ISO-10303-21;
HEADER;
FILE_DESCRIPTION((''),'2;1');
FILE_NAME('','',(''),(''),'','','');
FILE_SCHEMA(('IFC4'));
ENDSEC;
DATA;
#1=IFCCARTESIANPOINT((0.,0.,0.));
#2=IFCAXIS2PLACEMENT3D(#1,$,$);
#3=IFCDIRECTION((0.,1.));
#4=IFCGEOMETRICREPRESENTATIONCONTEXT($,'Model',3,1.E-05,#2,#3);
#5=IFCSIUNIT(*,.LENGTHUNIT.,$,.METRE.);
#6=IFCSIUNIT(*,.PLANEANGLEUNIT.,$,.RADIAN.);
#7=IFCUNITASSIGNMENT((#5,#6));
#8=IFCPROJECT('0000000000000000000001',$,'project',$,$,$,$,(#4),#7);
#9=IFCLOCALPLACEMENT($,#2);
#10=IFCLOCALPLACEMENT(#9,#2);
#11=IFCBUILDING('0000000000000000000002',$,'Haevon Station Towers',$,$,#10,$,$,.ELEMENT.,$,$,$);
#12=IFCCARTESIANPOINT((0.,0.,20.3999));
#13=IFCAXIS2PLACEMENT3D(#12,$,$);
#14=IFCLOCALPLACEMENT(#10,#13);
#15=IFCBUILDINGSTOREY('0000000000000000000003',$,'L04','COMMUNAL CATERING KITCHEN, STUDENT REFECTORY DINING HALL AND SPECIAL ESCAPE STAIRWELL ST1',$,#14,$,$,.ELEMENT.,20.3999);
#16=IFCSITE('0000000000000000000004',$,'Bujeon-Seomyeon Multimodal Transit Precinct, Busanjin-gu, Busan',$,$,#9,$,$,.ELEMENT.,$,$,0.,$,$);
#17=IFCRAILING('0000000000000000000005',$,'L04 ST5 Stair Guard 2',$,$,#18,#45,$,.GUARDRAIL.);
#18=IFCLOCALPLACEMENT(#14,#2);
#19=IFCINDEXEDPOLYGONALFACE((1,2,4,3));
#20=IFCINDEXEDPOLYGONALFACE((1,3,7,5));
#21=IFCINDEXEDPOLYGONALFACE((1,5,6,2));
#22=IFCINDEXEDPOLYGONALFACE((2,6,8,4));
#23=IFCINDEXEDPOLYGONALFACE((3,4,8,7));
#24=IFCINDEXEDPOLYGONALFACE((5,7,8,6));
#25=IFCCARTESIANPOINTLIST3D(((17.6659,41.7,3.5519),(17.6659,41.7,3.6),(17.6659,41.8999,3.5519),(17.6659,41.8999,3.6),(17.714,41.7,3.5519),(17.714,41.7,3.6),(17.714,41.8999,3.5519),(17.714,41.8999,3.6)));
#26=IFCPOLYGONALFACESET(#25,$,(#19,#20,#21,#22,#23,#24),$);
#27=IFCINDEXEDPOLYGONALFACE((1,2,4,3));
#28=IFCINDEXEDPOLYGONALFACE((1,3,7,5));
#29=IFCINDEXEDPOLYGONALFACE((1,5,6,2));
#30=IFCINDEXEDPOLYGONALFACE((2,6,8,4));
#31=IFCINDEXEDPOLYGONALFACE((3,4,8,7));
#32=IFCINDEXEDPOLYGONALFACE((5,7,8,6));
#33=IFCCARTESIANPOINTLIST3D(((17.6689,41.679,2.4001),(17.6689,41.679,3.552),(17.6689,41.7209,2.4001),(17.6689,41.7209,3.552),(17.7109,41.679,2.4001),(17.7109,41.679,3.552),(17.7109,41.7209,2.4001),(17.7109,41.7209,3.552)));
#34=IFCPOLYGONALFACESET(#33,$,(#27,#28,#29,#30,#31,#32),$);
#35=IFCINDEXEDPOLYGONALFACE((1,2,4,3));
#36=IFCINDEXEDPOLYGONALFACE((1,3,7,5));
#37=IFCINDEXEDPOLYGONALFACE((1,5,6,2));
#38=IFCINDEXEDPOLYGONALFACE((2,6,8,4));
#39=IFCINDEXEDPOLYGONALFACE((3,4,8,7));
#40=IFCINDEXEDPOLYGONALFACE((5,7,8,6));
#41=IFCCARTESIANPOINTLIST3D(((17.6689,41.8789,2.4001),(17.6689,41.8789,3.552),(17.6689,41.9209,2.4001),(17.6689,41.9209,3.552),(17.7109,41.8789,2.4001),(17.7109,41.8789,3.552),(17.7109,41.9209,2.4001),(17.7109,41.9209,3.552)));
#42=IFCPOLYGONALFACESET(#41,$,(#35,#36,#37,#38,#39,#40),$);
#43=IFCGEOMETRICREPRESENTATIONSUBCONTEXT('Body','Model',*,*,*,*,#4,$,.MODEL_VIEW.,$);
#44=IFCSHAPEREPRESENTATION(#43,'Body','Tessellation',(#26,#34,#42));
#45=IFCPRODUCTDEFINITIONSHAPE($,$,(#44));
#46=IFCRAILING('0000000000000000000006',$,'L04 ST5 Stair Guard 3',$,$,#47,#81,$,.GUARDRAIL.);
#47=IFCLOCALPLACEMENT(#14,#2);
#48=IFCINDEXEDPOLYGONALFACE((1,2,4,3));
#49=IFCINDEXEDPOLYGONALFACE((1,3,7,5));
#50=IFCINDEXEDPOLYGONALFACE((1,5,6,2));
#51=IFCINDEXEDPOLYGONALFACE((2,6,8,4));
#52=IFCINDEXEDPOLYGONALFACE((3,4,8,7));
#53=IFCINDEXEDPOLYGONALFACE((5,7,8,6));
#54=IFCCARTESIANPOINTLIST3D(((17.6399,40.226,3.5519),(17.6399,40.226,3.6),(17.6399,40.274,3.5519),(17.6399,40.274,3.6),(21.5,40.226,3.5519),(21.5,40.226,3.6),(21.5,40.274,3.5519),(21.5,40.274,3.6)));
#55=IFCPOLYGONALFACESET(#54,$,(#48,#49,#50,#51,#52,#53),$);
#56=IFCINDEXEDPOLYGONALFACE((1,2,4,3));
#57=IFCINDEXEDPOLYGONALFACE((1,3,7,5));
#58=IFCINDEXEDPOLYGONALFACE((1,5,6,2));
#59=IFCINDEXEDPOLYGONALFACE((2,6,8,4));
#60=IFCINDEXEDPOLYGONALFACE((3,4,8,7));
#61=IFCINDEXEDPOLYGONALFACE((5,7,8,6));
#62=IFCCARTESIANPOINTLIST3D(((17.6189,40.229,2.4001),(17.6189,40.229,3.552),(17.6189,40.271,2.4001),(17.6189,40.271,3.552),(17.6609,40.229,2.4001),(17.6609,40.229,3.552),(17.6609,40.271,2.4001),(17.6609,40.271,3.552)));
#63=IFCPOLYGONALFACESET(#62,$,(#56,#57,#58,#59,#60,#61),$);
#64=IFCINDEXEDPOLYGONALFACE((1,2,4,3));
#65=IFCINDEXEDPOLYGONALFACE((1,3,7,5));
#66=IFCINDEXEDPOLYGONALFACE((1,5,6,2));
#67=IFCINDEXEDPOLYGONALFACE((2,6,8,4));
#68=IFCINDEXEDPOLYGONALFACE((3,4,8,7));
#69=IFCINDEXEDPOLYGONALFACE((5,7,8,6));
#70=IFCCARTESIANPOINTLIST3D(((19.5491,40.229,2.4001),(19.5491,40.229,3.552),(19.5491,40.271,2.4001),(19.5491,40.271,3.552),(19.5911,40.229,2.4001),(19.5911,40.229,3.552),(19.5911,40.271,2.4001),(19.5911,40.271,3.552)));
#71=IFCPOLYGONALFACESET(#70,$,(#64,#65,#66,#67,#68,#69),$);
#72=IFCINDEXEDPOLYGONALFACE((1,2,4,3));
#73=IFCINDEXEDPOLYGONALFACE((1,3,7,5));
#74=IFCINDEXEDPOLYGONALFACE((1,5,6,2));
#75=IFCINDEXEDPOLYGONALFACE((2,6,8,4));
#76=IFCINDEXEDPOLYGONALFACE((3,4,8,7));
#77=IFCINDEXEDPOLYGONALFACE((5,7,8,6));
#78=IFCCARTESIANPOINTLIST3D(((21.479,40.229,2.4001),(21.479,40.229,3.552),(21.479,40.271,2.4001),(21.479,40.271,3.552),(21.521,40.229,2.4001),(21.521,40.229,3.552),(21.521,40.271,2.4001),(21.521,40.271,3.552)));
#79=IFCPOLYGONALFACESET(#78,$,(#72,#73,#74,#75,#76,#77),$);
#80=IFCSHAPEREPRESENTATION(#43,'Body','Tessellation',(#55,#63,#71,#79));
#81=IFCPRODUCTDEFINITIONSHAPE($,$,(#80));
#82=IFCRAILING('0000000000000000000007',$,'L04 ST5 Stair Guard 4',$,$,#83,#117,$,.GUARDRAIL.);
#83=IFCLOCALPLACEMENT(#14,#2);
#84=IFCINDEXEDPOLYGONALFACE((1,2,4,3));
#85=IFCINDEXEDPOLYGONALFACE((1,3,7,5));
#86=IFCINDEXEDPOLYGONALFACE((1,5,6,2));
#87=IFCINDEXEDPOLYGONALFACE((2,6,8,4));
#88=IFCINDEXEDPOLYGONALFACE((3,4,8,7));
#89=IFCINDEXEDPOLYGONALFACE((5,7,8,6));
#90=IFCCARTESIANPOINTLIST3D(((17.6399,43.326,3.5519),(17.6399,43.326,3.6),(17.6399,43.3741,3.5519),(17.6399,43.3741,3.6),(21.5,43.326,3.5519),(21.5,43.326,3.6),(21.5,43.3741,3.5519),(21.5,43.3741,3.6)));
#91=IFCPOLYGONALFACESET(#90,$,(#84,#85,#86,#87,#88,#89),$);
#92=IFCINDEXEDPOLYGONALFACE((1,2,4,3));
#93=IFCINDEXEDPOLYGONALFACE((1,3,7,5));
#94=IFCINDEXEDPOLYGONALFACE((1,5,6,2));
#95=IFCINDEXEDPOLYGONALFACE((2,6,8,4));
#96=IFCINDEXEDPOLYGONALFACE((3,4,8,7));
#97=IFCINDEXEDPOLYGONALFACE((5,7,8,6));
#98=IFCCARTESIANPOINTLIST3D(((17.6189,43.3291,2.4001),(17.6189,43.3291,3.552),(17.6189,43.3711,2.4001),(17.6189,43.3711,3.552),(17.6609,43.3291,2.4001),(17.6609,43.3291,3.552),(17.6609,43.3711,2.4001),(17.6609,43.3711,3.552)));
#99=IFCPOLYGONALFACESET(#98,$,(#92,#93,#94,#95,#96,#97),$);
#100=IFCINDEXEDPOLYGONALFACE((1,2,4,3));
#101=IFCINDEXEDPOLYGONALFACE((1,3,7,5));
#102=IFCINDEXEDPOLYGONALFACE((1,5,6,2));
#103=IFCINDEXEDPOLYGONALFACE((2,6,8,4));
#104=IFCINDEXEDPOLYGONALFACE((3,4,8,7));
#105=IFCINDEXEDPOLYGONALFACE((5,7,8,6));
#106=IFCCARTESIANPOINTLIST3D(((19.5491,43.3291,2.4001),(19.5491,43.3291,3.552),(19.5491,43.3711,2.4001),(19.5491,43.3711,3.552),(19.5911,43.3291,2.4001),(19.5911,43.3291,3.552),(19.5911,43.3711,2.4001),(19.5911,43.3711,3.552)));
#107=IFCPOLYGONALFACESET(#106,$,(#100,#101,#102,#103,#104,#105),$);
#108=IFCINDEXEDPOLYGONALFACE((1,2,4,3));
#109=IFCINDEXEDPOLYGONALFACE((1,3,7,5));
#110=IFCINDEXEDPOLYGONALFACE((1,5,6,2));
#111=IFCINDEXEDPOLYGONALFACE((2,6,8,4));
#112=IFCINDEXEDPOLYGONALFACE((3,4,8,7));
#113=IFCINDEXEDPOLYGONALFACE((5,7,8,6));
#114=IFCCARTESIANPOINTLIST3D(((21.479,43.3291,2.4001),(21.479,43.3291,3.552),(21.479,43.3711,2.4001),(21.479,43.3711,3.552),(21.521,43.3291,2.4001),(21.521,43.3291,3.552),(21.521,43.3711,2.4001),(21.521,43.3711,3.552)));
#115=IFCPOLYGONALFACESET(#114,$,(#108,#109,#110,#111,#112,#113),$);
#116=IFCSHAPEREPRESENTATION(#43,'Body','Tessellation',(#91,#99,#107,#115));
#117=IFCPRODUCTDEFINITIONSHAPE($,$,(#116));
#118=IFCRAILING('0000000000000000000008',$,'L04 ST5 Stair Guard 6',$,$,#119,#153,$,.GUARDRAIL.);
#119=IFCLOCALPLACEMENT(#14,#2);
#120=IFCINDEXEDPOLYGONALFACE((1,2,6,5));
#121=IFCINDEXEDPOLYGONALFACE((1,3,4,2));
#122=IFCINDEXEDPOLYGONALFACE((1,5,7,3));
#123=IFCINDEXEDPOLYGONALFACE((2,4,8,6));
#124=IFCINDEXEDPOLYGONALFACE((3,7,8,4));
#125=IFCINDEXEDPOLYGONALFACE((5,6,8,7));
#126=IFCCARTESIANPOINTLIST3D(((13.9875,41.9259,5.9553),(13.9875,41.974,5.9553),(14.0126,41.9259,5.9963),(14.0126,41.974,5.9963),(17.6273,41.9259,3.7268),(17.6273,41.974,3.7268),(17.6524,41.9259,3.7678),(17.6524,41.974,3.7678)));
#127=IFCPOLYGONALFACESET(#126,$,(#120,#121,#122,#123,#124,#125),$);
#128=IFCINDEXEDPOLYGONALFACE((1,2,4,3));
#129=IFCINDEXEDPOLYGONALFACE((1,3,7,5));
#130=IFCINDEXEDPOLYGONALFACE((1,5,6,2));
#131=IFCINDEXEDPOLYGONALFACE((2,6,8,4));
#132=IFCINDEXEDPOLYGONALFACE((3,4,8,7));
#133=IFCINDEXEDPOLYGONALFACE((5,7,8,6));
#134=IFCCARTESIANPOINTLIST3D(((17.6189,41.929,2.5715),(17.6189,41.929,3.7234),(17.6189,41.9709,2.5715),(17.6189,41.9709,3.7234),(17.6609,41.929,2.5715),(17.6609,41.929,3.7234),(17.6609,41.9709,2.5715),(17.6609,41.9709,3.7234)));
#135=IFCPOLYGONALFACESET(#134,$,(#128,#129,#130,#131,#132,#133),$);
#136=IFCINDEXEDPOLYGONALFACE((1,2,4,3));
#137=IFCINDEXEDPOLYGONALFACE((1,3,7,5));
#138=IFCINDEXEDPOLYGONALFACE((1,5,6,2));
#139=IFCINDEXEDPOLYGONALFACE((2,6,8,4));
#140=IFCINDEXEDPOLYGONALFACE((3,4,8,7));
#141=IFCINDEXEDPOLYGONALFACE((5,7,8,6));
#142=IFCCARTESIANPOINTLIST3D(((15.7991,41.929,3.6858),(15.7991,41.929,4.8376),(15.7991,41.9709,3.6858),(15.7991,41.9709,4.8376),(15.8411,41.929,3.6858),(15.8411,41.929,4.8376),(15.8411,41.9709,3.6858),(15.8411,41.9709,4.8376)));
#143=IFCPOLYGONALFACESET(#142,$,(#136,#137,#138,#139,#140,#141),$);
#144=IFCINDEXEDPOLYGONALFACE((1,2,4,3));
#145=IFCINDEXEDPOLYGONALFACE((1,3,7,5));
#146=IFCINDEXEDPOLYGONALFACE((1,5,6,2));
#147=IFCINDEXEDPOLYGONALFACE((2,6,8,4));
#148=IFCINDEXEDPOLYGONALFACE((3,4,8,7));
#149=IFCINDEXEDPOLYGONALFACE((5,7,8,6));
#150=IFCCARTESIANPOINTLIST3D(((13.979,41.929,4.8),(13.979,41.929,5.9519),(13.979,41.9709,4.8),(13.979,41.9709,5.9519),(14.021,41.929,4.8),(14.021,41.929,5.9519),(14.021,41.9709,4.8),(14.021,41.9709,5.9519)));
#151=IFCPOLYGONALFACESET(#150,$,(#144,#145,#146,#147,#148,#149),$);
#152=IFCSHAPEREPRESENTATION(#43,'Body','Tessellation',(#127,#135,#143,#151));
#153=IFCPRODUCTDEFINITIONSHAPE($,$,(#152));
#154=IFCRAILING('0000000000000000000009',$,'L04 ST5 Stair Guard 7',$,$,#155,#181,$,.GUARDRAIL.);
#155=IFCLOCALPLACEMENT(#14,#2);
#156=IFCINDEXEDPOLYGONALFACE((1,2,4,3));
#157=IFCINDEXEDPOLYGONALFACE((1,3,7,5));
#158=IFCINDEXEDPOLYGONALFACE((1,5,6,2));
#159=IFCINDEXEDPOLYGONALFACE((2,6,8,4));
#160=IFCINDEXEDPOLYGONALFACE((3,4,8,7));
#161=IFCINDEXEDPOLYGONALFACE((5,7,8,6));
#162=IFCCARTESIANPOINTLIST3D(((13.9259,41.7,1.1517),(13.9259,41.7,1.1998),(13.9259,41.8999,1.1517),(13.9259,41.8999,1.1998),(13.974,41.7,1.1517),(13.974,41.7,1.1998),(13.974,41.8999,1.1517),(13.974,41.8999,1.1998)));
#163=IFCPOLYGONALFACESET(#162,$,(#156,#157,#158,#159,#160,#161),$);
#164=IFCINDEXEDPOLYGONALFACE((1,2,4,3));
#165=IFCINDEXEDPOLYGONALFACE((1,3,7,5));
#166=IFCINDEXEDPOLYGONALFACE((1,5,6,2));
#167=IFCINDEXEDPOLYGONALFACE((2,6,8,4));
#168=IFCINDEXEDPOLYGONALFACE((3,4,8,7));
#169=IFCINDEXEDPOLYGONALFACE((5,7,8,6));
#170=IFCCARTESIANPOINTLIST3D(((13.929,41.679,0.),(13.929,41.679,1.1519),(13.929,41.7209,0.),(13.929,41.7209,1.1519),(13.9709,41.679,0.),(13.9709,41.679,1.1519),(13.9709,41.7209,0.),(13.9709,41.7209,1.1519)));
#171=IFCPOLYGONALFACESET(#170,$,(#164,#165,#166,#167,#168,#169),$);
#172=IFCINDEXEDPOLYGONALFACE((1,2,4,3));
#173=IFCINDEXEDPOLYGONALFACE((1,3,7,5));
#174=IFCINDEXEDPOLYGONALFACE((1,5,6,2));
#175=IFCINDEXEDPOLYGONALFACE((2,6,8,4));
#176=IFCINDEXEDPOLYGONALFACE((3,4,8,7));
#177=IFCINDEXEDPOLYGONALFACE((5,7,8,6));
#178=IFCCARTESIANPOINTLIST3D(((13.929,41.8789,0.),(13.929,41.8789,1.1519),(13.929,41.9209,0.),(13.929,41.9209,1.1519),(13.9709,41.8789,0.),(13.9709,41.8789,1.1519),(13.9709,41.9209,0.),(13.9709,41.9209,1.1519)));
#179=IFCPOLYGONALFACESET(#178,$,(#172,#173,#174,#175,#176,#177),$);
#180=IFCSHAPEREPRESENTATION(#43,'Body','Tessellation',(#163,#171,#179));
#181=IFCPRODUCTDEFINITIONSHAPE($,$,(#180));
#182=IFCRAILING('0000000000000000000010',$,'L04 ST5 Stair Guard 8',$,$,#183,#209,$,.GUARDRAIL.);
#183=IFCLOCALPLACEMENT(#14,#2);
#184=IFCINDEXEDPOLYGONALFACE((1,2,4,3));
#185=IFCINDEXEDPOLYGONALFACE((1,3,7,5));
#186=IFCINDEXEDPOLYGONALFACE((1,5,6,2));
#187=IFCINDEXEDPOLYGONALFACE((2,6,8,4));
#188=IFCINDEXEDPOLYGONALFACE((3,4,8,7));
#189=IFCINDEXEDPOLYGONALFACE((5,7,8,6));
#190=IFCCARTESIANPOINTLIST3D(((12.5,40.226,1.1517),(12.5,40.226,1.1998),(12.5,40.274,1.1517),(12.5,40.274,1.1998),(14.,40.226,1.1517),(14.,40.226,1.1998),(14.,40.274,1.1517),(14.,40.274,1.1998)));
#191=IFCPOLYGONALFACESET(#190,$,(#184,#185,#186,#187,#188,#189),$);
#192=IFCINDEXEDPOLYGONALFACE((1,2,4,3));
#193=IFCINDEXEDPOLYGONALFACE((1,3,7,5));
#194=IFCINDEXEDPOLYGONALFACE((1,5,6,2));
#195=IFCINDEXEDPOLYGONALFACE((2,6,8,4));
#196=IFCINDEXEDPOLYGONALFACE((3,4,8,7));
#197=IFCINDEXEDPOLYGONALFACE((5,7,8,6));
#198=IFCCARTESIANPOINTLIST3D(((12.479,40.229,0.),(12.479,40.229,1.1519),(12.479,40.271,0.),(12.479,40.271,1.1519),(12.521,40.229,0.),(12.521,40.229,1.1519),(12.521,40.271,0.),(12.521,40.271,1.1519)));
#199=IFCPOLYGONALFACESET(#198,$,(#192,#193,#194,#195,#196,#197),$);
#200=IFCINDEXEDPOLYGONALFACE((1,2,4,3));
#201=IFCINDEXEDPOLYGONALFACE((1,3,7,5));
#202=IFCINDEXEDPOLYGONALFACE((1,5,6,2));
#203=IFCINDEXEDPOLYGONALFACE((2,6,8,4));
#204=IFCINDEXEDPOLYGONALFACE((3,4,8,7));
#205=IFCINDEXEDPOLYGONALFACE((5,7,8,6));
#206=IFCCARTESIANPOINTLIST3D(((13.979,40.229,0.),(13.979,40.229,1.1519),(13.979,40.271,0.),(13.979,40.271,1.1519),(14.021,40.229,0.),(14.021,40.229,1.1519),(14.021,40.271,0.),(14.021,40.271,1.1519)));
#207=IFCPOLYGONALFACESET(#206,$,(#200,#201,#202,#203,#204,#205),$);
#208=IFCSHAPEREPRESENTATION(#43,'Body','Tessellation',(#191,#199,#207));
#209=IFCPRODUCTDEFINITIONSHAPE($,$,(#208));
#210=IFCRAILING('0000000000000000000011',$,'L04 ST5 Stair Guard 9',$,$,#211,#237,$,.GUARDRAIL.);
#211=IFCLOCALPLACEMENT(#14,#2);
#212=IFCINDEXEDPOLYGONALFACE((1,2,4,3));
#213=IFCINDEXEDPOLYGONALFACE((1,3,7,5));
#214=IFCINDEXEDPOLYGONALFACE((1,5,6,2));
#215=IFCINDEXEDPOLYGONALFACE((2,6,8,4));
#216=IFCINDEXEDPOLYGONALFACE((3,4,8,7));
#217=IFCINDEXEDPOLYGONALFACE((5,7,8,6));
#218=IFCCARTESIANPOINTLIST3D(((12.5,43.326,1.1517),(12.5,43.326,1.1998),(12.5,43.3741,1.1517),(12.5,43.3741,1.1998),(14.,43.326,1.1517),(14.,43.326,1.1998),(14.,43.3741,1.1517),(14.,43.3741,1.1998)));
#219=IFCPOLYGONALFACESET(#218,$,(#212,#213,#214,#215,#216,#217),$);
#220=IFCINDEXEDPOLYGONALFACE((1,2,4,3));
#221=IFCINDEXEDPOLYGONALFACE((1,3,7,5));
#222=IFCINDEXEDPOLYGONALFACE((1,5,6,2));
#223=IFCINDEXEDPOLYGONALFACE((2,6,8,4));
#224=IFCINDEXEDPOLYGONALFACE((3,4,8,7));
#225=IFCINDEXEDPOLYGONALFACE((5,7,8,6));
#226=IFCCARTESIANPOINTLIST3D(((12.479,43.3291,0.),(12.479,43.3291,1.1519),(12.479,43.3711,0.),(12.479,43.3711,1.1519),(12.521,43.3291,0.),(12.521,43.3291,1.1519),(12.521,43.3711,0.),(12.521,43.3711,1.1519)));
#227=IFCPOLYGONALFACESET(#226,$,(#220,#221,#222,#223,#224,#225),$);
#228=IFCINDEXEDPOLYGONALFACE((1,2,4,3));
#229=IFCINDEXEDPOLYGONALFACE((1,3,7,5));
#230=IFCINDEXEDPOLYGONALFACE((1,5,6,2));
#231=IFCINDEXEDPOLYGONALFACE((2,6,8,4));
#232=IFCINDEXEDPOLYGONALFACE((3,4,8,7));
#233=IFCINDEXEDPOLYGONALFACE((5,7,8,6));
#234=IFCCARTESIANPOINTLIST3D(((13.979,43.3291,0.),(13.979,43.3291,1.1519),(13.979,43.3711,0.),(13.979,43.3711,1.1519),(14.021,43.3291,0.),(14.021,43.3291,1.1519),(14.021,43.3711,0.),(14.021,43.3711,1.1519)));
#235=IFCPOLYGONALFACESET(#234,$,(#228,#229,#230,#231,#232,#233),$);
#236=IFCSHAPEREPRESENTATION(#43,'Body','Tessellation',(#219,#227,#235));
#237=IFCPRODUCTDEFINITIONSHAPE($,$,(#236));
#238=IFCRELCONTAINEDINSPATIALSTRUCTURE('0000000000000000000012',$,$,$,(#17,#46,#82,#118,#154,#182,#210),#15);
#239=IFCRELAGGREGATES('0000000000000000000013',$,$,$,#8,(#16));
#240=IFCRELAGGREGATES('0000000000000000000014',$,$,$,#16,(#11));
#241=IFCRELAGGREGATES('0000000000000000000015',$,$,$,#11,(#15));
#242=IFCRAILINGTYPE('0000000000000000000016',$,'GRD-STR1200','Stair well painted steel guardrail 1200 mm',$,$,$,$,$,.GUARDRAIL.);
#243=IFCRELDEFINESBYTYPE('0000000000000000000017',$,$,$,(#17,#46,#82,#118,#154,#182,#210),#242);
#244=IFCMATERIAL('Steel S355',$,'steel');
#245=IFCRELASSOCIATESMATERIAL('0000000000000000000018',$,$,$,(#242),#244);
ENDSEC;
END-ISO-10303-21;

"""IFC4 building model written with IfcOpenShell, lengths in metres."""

from ifc_helpers import new_model, si_unit, direction, frame, origin, origin_2d, place, context, subcontext, project, spatial, rectangle, extrude, material, type_object, element, save


model = new_model("IFC4")

# Units and contexts
model_context = context("Model", 3, precision=1e-05, world=origin(), true_north=direction((0.0, 1.0)))
body_context = subcontext(model_context, "Body", "Model", "MODEL_VIEW")
ifc_project = project(units=[si_unit("LENGTHUNIT", "METRE"), si_unit("PLANEANGLEUNIT", "RADIAN")], contexts=[model_context])

# Site, building, storey
site_placement = place(None, origin())
site = spatial("IfcSite", under=ifc_project, at=site_placement, Name="Bujeon-Seomyeon Multimodal Transit Precinct, Busanjin-gu, Busan", CompositionType="ELEMENT", RefElevation=0.0)
building_placement = place(site_placement, origin())
building = spatial("IfcBuilding", under=site, at=building_placement, Name="Haevon Station Towers", CompositionType="ELEMENT")
storey_placement = place(building_placement, frame((0.0, 0.0, 20.3999)))
storey = spatial("IfcBuildingStorey", under=building, at=storey_placement, Name="L04", Description="COMMUNAL CATERING KITCHEN, STUDENT REFECTORY DINING HALL AND SPECIAL ESCAPE STAIRWELL ST1", CompositionType="ELEMENT", Elevation=20.3999)

# Shared definitions
ifc_material_1 = material(Name="Steel S355", Category="steel")

# Railings
railing_type_1 = type_object("IfcRailingType", Name="GRD-STR1200", Description="Stair well painted steel guardrail 1200 mm", PredefinedType="GUARDRAIL", material=ifc_material_1)
railing_1_placement = place(storey_placement, frame((17.6899, 41.7, 2.4001)))
element("IfcRailing", 1, at=railing_1_placement, inside=storey, type_object=railing_type_1, Name="L04 ST5 Stair Guard 2", PredefinedType="GUARDRAIL", context=body_context, shape_type="SweptSolid", body=[
    extrude(rectangle(XDim=0.0481, YDim=0.0481, at=origin_2d()), frame((0.0, 0.0, 1.1758), z_axis=(0.0, 1.0, 0.0), x_axis=(-1.0, 0.0, 0.0)), (0.0, 0.0, 1.0), 0.2),
    extrude(rectangle(XDim=0.042, YDim=0.042, at=origin_2d()), origin(), (0.0, 0.0, 1.0), 1.1519),
    extrude(rectangle(XDim=0.042, YDim=0.042, at=origin_2d()), frame((0.0, 0.2, 0.0)), (0.0, 0.0, 1.0), 1.1519),
])
for number, where, name in (
    (2, (17.6399, 40.25, 2.4001), "L04 ST5 Stair Guard 3"),
    (3, (17.6399, 43.3501, 2.4001), "L04 ST5 Stair Guard 4"),
):
    element("IfcRailing", number, at=place(storey_placement, frame(where)), inside=storey, type_object=railing_type_1, Name=name, PredefinedType="GUARDRAIL", context=body_context, shape_type="SweptSolid", body=[
        extrude(rectangle(XDim=0.0481, YDim=0.0481, at=origin_2d()), frame((0.0, 0.0, 1.1758), z_axis=(1.0, 0.0, 0.0), x_axis=(0.0, 1.0, 0.0)), (0.0, 0.0, 1.0), 3.8601),
        extrude(rectangle(XDim=0.042, YDim=0.042, at=origin_2d()), origin(), (0.0, 0.0, 1.0), 1.1519),
        extrude(rectangle(XDim=0.042, YDim=0.042, at=origin_2d()), frame((1.9302, 0.0, 0.0)), (0.0, 0.0, 1.0), 1.1519),
        extrude(rectangle(XDim=0.042, YDim=0.042, at=origin_2d()), frame((3.8601, 0.0, 0.0)), (0.0, 0.0, 1.0), 1.1519),
    ])
railing_2_placement = place(storey_placement, frame((17.6399, 41.95, 2.5715)))
element("IfcRailing", 4, at=railing_2_placement, inside=storey, type_object=railing_type_1, Name="L04 ST5 Stair Guard 6", PredefinedType="GUARDRAIL", context=body_context, shape_type="SweptSolid", body=[
    extrude(rectangle(XDim=0.0481, YDim=0.0481, at=origin_2d()), frame((0.0, 0.0, 1.1758), z_axis=(-0.85285, 0.0, 0.522156), x_axis=(0.0, -1.0, 0.0)), (0.0, 0.0, 1.0), 4.2678),
    extrude(rectangle(XDim=0.042, YDim=0.042, at=origin_2d()), origin(), (0.0, 0.0, 1.0), 1.1519),
    extrude(rectangle(XDim=0.042, YDim=0.042, at=origin_2d()), frame((-1.8198, 0.0, 1.1143)), (0.0, 0.0, 1.0), 1.1519),
    extrude(rectangle(XDim=0.042, YDim=0.042, at=origin_2d()), frame((-3.6399, 0.0, 2.2285)), (0.0, 0.0, 1.0), 1.1519),
])
railing_3_placement = place(storey_placement, frame((13.95, 41.7, 0.0)))
element("IfcRailing", 5, at=railing_3_placement, inside=storey, type_object=railing_type_1, Name="L04 ST5 Stair Guard 7", PredefinedType="GUARDRAIL", context=body_context, shape_type="SweptSolid", body=[
    extrude(rectangle(XDim=0.0481, YDim=0.0481, at=origin_2d()), frame((0.0, 0.0, 1.1758), z_axis=(0.0, 1.0, 0.0), x_axis=(-1.0, 0.0, 0.0)), (0.0, 0.0, 1.0), 0.2),
    extrude(rectangle(XDim=0.042, YDim=0.042, at=origin_2d()), origin(), (0.0, 0.0, 1.0), 1.1519),
    extrude(rectangle(XDim=0.042, YDim=0.042, at=origin_2d()), frame((0.0, 0.2, 0.0)), (0.0, 0.0, 1.0), 1.1519),
])
for number, where, name in (
    (6, (12.5, 40.25, 0.0), "L04 ST5 Stair Guard 8"),
    (7, (12.5, 43.3501, 0.0), "L04 ST5 Stair Guard 9"),
):
    element("IfcRailing", number, at=place(storey_placement, frame(where)), inside=storey, type_object=railing_type_1, Name=name, PredefinedType="GUARDRAIL", context=body_context, shape_type="SweptSolid", body=[
        extrude(rectangle(XDim=0.0481, YDim=0.0481, at=origin_2d()), frame((0.0, 0.0, 1.1758), z_axis=(1.0, 0.0, 0.0), x_axis=(0.0, 1.0, 0.0)), (0.0, 0.0, 1.0), 1.5),
        extrude(rectangle(XDim=0.042, YDim=0.042, at=origin_2d()), origin(), (0.0, 0.0, 1.0), 1.1519),
        extrude(rectangle(XDim=0.042, YDim=0.042, at=origin_2d()), frame((1.5, 0.0, 0.0)), (0.0, 0.0, 1.0), 1.1519),
    ])

save(model, "model.ifc")
